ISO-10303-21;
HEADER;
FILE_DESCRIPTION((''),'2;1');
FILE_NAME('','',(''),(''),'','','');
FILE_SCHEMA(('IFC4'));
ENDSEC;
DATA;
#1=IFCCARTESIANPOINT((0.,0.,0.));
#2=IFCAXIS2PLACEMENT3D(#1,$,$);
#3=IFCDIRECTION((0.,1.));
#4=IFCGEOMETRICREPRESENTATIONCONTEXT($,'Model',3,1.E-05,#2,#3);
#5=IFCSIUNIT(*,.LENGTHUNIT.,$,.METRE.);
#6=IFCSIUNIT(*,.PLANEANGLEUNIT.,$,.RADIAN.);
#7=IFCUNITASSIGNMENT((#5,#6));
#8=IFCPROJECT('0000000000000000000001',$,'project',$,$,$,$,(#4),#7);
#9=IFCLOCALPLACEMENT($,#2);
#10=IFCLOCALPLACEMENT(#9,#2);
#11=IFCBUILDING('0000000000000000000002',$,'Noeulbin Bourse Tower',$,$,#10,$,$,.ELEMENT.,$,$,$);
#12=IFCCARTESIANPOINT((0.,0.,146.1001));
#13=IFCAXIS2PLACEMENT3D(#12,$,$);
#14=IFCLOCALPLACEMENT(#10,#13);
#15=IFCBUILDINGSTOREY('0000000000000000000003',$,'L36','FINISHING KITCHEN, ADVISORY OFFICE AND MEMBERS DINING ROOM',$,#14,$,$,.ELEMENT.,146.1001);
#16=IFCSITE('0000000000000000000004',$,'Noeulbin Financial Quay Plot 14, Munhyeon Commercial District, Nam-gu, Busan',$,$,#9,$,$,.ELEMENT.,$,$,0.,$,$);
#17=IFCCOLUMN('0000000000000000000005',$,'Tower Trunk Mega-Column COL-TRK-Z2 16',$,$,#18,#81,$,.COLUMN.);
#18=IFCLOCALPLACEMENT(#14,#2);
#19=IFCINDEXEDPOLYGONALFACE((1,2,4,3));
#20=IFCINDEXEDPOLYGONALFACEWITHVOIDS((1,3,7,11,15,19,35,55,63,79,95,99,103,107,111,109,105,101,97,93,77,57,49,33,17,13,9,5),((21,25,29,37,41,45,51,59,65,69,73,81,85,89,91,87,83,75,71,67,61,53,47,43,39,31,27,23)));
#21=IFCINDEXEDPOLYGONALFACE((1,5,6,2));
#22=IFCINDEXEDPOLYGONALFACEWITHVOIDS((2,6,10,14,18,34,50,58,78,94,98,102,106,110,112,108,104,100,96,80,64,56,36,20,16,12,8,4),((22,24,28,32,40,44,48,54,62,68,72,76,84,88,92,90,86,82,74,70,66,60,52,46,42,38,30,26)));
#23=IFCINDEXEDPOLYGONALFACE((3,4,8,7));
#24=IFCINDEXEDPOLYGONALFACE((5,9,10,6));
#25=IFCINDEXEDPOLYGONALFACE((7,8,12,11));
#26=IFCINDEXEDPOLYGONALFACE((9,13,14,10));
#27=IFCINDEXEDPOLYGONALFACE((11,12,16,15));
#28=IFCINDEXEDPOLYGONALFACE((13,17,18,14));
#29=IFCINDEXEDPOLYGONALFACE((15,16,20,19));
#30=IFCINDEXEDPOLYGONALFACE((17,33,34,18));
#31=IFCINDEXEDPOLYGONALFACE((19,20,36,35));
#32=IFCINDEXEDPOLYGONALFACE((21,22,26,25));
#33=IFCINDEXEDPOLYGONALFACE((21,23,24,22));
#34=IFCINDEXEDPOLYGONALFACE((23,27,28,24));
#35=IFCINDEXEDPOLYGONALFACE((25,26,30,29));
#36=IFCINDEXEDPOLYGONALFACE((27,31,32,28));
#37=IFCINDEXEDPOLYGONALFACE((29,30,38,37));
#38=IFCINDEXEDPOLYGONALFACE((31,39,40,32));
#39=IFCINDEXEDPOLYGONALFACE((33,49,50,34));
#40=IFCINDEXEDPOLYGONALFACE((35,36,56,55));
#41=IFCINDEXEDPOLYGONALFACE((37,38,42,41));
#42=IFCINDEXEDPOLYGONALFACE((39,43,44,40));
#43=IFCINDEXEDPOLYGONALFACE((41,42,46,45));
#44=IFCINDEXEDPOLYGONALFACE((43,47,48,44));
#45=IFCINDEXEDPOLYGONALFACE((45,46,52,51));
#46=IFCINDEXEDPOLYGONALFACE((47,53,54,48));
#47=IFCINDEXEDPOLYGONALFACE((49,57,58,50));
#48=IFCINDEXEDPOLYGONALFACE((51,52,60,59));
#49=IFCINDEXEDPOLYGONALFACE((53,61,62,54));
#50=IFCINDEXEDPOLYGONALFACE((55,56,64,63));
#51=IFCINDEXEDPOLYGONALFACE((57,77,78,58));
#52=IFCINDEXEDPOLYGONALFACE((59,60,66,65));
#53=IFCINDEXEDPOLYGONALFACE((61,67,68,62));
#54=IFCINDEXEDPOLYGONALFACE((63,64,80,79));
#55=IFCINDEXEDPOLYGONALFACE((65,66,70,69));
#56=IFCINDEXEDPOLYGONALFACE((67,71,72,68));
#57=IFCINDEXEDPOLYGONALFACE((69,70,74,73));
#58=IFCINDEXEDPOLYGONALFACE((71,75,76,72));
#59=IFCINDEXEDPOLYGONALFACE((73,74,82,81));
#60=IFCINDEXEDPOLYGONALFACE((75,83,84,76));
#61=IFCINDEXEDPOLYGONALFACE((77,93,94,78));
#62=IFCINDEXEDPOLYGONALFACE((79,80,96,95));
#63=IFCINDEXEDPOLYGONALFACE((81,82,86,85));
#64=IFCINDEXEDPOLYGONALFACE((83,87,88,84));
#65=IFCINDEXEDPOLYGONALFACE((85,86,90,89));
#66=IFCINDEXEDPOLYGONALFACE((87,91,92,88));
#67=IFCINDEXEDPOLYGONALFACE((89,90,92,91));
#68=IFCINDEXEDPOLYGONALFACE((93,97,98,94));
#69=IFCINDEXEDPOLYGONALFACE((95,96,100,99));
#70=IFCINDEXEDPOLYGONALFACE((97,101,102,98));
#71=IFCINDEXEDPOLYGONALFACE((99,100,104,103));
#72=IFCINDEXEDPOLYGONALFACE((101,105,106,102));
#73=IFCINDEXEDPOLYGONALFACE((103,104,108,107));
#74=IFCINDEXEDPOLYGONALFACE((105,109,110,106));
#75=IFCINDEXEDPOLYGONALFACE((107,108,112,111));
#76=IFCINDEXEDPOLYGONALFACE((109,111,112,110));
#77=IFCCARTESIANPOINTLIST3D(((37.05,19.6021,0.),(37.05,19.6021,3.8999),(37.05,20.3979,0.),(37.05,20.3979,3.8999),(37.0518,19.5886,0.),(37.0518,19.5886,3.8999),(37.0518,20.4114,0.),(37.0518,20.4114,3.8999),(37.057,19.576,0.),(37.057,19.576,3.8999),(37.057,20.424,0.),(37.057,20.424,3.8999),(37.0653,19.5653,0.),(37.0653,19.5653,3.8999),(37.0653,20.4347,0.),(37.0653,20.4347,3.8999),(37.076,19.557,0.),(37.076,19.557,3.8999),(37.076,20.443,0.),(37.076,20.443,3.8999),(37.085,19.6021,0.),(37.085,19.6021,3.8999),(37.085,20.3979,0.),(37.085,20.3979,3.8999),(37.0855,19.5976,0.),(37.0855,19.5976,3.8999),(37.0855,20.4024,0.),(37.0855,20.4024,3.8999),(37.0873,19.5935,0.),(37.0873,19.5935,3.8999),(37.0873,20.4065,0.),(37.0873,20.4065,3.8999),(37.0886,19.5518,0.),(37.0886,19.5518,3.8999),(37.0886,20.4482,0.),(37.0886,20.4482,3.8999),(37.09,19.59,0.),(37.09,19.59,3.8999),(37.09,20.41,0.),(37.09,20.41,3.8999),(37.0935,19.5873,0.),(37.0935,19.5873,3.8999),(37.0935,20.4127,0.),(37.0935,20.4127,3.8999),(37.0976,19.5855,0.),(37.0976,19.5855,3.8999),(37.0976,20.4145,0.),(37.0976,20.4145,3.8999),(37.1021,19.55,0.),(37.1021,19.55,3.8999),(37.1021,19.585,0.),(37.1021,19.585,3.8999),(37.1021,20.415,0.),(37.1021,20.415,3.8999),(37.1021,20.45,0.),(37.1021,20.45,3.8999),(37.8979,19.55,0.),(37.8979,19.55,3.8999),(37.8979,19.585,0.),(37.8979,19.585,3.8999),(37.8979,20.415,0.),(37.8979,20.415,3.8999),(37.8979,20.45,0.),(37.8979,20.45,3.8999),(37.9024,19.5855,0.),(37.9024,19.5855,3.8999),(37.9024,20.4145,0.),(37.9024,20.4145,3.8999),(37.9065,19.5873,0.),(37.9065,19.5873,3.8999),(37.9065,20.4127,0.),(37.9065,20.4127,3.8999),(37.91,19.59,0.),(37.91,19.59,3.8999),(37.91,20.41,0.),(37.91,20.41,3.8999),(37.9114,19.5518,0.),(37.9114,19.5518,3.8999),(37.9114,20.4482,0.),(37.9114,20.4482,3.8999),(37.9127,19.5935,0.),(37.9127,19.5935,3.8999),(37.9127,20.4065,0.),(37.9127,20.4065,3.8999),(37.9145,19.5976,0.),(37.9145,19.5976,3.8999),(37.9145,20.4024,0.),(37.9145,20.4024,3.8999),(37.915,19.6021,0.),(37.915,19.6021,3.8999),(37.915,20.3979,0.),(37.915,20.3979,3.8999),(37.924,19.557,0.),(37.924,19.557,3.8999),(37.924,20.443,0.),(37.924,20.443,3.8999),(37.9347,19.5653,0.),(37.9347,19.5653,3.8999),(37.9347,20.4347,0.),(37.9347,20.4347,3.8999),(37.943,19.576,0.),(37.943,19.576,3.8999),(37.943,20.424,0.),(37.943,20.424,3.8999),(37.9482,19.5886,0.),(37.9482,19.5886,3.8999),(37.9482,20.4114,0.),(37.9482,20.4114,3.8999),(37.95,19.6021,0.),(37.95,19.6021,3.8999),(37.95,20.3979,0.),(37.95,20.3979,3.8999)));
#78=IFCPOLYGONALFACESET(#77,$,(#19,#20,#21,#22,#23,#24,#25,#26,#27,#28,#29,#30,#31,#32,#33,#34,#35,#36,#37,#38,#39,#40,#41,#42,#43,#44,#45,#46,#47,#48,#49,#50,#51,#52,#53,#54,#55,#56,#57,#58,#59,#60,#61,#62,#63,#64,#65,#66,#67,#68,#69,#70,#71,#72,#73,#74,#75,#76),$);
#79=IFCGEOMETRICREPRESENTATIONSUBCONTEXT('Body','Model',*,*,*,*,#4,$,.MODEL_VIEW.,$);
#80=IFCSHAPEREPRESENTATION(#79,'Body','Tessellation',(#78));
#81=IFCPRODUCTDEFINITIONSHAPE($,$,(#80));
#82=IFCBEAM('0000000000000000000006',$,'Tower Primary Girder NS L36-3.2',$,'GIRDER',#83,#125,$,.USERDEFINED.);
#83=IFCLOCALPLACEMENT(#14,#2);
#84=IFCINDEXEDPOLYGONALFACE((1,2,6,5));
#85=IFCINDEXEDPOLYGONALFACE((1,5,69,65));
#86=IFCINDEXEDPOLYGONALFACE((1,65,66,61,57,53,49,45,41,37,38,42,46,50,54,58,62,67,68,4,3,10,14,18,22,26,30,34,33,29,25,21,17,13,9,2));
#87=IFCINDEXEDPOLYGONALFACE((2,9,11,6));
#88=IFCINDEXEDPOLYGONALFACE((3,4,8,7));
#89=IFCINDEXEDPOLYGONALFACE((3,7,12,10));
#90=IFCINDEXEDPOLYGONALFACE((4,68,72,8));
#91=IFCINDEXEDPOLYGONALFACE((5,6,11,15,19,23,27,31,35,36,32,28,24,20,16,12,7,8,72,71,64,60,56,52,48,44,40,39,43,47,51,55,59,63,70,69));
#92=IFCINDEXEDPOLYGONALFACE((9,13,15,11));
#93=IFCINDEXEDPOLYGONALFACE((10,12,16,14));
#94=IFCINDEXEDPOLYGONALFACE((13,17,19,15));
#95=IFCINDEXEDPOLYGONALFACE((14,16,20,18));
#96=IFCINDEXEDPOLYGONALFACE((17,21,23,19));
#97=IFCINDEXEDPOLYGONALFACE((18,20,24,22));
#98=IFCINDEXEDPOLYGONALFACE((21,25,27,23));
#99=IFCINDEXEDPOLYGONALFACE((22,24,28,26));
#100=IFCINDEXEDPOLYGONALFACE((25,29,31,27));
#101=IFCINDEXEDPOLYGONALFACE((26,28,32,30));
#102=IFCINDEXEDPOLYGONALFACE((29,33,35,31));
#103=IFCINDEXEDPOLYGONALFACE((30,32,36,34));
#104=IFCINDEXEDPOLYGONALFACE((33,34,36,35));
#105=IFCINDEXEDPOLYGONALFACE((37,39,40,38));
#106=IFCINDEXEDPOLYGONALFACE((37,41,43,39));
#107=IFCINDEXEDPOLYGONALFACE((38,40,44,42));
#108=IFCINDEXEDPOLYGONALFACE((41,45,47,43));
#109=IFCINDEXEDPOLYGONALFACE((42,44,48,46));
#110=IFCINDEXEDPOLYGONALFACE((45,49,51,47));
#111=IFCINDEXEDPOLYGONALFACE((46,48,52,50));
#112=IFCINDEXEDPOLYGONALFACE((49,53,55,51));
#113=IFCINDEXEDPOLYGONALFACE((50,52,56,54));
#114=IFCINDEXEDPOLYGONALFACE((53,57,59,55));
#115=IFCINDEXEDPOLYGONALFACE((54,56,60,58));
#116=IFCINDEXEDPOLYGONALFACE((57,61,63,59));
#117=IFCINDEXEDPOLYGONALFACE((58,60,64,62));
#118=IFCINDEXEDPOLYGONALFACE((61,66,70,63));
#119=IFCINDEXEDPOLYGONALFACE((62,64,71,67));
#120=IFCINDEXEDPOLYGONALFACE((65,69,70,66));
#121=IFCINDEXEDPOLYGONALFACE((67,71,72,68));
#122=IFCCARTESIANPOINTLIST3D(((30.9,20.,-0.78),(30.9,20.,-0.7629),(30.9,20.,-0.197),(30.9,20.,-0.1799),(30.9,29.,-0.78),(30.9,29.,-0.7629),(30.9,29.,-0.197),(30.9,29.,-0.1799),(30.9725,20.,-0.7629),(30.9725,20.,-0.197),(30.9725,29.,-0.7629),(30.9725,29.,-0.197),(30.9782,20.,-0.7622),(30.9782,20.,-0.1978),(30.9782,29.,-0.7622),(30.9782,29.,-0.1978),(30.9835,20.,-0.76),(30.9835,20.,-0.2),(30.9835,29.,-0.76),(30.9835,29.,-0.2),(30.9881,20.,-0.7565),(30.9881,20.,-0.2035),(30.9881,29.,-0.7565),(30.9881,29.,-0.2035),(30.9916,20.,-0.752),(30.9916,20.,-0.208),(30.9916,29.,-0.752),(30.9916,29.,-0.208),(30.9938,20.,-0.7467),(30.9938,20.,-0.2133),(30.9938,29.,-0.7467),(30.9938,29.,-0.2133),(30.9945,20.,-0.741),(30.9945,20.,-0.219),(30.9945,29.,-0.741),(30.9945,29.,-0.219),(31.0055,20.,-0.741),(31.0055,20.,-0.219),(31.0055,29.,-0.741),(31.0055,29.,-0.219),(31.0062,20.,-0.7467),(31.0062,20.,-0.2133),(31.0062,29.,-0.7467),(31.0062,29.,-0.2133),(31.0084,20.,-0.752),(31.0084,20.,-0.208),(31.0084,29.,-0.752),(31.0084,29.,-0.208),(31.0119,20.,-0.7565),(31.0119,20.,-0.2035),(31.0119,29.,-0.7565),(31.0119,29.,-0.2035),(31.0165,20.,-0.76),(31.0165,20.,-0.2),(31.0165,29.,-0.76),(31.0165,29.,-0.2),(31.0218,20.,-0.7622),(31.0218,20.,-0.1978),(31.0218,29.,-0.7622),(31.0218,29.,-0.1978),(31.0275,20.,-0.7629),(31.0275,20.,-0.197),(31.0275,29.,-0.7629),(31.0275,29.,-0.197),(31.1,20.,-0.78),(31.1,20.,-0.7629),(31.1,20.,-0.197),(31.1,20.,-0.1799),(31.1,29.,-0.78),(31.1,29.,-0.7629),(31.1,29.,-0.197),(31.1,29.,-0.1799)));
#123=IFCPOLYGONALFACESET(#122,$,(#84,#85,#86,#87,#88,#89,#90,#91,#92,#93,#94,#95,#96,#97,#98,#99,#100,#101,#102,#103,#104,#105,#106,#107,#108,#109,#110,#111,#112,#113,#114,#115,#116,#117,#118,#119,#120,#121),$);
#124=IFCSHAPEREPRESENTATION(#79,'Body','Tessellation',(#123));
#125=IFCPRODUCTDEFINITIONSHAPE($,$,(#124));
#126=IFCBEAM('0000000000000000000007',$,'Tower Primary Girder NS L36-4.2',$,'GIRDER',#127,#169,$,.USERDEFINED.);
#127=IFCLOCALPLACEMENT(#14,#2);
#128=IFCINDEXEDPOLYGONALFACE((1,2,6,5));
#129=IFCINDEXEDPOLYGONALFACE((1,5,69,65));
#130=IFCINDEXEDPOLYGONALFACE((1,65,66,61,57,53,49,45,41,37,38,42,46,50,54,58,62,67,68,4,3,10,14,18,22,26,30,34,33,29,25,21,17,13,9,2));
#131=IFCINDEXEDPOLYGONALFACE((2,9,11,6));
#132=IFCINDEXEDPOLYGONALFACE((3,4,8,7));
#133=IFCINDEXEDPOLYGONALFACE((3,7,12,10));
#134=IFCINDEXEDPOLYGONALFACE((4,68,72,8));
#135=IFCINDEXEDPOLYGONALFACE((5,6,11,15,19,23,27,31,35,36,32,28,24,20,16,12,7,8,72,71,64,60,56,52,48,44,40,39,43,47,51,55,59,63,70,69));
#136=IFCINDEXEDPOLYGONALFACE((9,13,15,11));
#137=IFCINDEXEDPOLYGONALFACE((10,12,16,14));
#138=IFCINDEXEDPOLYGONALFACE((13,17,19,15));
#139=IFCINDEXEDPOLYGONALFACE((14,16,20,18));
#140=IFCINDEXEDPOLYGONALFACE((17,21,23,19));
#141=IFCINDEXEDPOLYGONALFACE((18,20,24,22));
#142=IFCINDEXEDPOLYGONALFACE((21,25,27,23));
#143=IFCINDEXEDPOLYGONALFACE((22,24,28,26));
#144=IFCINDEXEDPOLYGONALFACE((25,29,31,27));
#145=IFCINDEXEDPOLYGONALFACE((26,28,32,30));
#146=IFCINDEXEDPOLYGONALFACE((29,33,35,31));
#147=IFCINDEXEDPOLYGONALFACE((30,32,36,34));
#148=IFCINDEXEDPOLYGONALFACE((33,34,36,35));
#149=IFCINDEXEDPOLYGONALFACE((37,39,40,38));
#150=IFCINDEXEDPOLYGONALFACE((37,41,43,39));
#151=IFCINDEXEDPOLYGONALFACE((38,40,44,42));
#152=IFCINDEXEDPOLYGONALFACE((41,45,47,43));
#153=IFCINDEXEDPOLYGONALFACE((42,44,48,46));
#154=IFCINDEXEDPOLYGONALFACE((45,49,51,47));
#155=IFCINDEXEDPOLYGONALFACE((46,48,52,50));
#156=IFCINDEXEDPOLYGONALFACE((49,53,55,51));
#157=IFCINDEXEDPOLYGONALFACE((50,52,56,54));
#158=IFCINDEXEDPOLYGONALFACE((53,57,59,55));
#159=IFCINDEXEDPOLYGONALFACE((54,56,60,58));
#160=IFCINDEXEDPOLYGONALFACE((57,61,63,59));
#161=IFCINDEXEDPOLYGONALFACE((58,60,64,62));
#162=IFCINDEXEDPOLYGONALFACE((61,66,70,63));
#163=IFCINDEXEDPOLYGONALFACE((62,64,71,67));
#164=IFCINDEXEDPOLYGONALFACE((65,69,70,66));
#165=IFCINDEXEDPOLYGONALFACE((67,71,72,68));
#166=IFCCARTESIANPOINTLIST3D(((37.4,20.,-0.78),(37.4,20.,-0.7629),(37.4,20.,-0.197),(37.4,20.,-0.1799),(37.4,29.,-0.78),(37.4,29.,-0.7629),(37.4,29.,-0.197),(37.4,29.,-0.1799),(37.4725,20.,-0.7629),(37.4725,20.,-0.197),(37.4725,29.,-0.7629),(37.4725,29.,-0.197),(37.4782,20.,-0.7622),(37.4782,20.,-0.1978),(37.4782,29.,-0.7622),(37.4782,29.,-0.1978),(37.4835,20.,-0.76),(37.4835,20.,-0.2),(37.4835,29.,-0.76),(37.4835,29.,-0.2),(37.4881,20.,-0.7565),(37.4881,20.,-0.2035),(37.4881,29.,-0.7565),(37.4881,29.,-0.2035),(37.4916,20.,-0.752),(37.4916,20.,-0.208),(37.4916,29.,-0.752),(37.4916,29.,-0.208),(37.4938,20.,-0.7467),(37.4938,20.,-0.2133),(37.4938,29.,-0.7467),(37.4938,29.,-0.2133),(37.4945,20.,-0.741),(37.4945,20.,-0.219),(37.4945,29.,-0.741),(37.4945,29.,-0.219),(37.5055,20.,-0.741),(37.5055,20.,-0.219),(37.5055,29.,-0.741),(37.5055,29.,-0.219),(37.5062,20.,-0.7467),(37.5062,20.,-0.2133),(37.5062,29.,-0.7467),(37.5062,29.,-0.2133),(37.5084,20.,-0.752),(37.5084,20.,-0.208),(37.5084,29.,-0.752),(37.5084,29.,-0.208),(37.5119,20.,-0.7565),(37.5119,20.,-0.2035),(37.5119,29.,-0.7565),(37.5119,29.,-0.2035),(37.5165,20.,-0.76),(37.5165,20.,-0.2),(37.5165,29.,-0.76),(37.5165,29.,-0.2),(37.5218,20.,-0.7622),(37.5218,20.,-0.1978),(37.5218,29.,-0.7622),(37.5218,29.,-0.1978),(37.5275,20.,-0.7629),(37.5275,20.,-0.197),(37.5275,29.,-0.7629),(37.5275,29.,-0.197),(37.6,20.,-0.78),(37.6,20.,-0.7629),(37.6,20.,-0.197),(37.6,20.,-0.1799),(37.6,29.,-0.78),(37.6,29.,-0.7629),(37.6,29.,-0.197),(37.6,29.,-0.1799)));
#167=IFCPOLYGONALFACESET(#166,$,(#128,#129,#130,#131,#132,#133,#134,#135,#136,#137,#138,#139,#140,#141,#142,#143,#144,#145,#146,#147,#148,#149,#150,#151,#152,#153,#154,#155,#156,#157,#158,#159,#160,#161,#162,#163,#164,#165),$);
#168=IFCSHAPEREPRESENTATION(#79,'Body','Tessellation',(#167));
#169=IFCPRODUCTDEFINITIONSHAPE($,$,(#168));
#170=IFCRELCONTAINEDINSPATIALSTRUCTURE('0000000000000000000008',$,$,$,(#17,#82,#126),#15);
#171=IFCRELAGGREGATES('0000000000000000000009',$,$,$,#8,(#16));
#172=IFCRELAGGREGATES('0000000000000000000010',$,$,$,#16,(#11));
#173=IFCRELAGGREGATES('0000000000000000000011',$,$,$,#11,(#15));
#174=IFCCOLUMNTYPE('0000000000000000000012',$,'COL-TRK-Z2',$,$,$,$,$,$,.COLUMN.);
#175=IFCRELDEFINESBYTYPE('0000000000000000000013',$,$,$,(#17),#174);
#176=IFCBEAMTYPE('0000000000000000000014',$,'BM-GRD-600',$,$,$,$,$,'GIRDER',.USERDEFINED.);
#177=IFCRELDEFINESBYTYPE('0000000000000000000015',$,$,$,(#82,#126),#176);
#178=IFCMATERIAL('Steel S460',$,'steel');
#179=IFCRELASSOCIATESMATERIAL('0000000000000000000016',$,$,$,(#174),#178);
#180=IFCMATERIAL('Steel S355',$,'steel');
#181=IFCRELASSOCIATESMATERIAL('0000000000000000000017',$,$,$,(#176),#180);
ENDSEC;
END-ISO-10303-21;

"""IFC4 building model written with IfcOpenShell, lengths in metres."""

from ifc_helpers import new_model, si_unit, direction, frame, origin, origin_2d, place, context, subcontext, project, spatial, hollow_rectangle, i_section, extrude, material, material_profile, profile_set, type_object, element, save


model = new_model("IFC4")

# Units and contexts
model_context = context("Model", 3, precision=1e-05, world=origin(), true_north=direction((0.0, 1.0)))
body_context = subcontext(model_context, "Body", "Model", "MODEL_VIEW")
ifc_project = project(units=[si_unit("LENGTHUNIT", "METRE"), si_unit("PLANEANGLEUNIT", "RADIAN")], contexts=[model_context])

# Site, building, storey
site_placement = place(None, origin())
site = spatial("IfcSite", under=ifc_project, at=site_placement, Name="Noeulbin Financial Quay Plot 14, Munhyeon Commercial District, Nam-gu, Busan", CompositionType="ELEMENT", RefElevation=0.0)
building_placement = place(site_placement, origin())
building = spatial("IfcBuilding", under=site, at=building_placement, Name="Noeulbin Bourse Tower", CompositionType="ELEMENT")
storey_placement = place(building_placement, frame((0.0, 0.0, 146.1001)))
storey = spatial("IfcBuildingStorey", under=building, at=storey_placement, Name="L36", Description="FINISHING KITCHEN, ADVISORY OFFICE AND MEMBERS DINING ROOM", CompositionType="ELEMENT", Elevation=146.1001)

# Column
ifc_material_1 = material(Name="Steel S460", Category="steel")
ifc_material_profile_1 = material_profile(ifc_material_1, hollow_rectangle(XDim=0.8999, YDim=0.8999, WallThickness=0.0349, InnerFilletRadius=0.0171, OuterFilletRadius=0.052, at=origin_2d()), Name="BOX-900x900x35", Category="LoadBearing")
ifc_profile_set_1 = profile_set([ifc_material_profile_1], Name="Steel S460")
column_type = type_object("IfcColumnType", Name="COL-TRK-Z2", PredefinedType="COLUMN", material=ifc_profile_set_1)
for number, where, z_axis, x_axis, name in (
    (1, (37.5, 20.0, 0.0), (0.0, 0.0, 1.0), (1.0, 0.0, 0.0), "Tower Trunk Mega-Column COL-TRK-Z2 16"),
):
    element("IfcColumn", number, at=place(storey_placement, frame(where, z_axis=z_axis, x_axis=x_axis)), inside=storey, type_object=column_type, Name=name, PredefinedType="COLUMN", context=body_context, shape_type="SweptSolid", body=[
        extrude(hollow_rectangle(XDim=0.8999, YDim=0.8999, WallThickness=0.0349, InnerFilletRadius=0.0171, OuterFilletRadius=0.052, at=origin_2d()), origin(), (0.0, 0.0, 1.0), 3.8999),
    ])

# Beams
ifc_material_2 = material(Name="Steel S355", Category="steel")
ifc_material_profile_2 = material_profile(ifc_material_2, i_section(OverallWidth=0.2, OverallDepth=0.6001, WebThickness=0.011, FlangeThickness=0.0171, FilletRadius=0.022, at=origin_2d()), Name="H-600x200x11x17", Category="LoadBearing")
ifc_profile_set_2 = profile_set([ifc_material_profile_2], Name="Steel S355")
beam_type_1 = type_object("IfcBeamType", Name="BM-GRD-600", ElementType="GIRDER", PredefinedType="USERDEFINED", material=ifc_profile_set_2)
for number, where, z_axis, x_axis, name in (
    (2, (31.0, 20.0, -0.48), (0.0, 1.0, 0.0), (-1.0, 0.0, 0.0), "Tower Primary Girder NS L36-3.2"),
    (3, (37.5, 20.0, -0.48), (0.0, 1.0, 0.0), (-1.0, 0.0, 0.0), "Tower Primary Girder NS L36-4.2"),
):
    element("IfcBeam", number, at=place(storey_placement, frame(where, z_axis=z_axis, x_axis=x_axis)), inside=storey, type_object=beam_type_1, Name=name, ObjectType="GIRDER", PredefinedType="USERDEFINED", context=body_context, shape_type="SweptSolid", body=[
        extrude(i_section(OverallWidth=0.2, OverallDepth=0.6001, WebThickness=0.011, FlangeThickness=0.0171, FilletRadius=0.022, at=origin_2d()), origin(), (0.0, 0.0, 1.0), 9.0),
    ])

save(model, "model.ifc")
